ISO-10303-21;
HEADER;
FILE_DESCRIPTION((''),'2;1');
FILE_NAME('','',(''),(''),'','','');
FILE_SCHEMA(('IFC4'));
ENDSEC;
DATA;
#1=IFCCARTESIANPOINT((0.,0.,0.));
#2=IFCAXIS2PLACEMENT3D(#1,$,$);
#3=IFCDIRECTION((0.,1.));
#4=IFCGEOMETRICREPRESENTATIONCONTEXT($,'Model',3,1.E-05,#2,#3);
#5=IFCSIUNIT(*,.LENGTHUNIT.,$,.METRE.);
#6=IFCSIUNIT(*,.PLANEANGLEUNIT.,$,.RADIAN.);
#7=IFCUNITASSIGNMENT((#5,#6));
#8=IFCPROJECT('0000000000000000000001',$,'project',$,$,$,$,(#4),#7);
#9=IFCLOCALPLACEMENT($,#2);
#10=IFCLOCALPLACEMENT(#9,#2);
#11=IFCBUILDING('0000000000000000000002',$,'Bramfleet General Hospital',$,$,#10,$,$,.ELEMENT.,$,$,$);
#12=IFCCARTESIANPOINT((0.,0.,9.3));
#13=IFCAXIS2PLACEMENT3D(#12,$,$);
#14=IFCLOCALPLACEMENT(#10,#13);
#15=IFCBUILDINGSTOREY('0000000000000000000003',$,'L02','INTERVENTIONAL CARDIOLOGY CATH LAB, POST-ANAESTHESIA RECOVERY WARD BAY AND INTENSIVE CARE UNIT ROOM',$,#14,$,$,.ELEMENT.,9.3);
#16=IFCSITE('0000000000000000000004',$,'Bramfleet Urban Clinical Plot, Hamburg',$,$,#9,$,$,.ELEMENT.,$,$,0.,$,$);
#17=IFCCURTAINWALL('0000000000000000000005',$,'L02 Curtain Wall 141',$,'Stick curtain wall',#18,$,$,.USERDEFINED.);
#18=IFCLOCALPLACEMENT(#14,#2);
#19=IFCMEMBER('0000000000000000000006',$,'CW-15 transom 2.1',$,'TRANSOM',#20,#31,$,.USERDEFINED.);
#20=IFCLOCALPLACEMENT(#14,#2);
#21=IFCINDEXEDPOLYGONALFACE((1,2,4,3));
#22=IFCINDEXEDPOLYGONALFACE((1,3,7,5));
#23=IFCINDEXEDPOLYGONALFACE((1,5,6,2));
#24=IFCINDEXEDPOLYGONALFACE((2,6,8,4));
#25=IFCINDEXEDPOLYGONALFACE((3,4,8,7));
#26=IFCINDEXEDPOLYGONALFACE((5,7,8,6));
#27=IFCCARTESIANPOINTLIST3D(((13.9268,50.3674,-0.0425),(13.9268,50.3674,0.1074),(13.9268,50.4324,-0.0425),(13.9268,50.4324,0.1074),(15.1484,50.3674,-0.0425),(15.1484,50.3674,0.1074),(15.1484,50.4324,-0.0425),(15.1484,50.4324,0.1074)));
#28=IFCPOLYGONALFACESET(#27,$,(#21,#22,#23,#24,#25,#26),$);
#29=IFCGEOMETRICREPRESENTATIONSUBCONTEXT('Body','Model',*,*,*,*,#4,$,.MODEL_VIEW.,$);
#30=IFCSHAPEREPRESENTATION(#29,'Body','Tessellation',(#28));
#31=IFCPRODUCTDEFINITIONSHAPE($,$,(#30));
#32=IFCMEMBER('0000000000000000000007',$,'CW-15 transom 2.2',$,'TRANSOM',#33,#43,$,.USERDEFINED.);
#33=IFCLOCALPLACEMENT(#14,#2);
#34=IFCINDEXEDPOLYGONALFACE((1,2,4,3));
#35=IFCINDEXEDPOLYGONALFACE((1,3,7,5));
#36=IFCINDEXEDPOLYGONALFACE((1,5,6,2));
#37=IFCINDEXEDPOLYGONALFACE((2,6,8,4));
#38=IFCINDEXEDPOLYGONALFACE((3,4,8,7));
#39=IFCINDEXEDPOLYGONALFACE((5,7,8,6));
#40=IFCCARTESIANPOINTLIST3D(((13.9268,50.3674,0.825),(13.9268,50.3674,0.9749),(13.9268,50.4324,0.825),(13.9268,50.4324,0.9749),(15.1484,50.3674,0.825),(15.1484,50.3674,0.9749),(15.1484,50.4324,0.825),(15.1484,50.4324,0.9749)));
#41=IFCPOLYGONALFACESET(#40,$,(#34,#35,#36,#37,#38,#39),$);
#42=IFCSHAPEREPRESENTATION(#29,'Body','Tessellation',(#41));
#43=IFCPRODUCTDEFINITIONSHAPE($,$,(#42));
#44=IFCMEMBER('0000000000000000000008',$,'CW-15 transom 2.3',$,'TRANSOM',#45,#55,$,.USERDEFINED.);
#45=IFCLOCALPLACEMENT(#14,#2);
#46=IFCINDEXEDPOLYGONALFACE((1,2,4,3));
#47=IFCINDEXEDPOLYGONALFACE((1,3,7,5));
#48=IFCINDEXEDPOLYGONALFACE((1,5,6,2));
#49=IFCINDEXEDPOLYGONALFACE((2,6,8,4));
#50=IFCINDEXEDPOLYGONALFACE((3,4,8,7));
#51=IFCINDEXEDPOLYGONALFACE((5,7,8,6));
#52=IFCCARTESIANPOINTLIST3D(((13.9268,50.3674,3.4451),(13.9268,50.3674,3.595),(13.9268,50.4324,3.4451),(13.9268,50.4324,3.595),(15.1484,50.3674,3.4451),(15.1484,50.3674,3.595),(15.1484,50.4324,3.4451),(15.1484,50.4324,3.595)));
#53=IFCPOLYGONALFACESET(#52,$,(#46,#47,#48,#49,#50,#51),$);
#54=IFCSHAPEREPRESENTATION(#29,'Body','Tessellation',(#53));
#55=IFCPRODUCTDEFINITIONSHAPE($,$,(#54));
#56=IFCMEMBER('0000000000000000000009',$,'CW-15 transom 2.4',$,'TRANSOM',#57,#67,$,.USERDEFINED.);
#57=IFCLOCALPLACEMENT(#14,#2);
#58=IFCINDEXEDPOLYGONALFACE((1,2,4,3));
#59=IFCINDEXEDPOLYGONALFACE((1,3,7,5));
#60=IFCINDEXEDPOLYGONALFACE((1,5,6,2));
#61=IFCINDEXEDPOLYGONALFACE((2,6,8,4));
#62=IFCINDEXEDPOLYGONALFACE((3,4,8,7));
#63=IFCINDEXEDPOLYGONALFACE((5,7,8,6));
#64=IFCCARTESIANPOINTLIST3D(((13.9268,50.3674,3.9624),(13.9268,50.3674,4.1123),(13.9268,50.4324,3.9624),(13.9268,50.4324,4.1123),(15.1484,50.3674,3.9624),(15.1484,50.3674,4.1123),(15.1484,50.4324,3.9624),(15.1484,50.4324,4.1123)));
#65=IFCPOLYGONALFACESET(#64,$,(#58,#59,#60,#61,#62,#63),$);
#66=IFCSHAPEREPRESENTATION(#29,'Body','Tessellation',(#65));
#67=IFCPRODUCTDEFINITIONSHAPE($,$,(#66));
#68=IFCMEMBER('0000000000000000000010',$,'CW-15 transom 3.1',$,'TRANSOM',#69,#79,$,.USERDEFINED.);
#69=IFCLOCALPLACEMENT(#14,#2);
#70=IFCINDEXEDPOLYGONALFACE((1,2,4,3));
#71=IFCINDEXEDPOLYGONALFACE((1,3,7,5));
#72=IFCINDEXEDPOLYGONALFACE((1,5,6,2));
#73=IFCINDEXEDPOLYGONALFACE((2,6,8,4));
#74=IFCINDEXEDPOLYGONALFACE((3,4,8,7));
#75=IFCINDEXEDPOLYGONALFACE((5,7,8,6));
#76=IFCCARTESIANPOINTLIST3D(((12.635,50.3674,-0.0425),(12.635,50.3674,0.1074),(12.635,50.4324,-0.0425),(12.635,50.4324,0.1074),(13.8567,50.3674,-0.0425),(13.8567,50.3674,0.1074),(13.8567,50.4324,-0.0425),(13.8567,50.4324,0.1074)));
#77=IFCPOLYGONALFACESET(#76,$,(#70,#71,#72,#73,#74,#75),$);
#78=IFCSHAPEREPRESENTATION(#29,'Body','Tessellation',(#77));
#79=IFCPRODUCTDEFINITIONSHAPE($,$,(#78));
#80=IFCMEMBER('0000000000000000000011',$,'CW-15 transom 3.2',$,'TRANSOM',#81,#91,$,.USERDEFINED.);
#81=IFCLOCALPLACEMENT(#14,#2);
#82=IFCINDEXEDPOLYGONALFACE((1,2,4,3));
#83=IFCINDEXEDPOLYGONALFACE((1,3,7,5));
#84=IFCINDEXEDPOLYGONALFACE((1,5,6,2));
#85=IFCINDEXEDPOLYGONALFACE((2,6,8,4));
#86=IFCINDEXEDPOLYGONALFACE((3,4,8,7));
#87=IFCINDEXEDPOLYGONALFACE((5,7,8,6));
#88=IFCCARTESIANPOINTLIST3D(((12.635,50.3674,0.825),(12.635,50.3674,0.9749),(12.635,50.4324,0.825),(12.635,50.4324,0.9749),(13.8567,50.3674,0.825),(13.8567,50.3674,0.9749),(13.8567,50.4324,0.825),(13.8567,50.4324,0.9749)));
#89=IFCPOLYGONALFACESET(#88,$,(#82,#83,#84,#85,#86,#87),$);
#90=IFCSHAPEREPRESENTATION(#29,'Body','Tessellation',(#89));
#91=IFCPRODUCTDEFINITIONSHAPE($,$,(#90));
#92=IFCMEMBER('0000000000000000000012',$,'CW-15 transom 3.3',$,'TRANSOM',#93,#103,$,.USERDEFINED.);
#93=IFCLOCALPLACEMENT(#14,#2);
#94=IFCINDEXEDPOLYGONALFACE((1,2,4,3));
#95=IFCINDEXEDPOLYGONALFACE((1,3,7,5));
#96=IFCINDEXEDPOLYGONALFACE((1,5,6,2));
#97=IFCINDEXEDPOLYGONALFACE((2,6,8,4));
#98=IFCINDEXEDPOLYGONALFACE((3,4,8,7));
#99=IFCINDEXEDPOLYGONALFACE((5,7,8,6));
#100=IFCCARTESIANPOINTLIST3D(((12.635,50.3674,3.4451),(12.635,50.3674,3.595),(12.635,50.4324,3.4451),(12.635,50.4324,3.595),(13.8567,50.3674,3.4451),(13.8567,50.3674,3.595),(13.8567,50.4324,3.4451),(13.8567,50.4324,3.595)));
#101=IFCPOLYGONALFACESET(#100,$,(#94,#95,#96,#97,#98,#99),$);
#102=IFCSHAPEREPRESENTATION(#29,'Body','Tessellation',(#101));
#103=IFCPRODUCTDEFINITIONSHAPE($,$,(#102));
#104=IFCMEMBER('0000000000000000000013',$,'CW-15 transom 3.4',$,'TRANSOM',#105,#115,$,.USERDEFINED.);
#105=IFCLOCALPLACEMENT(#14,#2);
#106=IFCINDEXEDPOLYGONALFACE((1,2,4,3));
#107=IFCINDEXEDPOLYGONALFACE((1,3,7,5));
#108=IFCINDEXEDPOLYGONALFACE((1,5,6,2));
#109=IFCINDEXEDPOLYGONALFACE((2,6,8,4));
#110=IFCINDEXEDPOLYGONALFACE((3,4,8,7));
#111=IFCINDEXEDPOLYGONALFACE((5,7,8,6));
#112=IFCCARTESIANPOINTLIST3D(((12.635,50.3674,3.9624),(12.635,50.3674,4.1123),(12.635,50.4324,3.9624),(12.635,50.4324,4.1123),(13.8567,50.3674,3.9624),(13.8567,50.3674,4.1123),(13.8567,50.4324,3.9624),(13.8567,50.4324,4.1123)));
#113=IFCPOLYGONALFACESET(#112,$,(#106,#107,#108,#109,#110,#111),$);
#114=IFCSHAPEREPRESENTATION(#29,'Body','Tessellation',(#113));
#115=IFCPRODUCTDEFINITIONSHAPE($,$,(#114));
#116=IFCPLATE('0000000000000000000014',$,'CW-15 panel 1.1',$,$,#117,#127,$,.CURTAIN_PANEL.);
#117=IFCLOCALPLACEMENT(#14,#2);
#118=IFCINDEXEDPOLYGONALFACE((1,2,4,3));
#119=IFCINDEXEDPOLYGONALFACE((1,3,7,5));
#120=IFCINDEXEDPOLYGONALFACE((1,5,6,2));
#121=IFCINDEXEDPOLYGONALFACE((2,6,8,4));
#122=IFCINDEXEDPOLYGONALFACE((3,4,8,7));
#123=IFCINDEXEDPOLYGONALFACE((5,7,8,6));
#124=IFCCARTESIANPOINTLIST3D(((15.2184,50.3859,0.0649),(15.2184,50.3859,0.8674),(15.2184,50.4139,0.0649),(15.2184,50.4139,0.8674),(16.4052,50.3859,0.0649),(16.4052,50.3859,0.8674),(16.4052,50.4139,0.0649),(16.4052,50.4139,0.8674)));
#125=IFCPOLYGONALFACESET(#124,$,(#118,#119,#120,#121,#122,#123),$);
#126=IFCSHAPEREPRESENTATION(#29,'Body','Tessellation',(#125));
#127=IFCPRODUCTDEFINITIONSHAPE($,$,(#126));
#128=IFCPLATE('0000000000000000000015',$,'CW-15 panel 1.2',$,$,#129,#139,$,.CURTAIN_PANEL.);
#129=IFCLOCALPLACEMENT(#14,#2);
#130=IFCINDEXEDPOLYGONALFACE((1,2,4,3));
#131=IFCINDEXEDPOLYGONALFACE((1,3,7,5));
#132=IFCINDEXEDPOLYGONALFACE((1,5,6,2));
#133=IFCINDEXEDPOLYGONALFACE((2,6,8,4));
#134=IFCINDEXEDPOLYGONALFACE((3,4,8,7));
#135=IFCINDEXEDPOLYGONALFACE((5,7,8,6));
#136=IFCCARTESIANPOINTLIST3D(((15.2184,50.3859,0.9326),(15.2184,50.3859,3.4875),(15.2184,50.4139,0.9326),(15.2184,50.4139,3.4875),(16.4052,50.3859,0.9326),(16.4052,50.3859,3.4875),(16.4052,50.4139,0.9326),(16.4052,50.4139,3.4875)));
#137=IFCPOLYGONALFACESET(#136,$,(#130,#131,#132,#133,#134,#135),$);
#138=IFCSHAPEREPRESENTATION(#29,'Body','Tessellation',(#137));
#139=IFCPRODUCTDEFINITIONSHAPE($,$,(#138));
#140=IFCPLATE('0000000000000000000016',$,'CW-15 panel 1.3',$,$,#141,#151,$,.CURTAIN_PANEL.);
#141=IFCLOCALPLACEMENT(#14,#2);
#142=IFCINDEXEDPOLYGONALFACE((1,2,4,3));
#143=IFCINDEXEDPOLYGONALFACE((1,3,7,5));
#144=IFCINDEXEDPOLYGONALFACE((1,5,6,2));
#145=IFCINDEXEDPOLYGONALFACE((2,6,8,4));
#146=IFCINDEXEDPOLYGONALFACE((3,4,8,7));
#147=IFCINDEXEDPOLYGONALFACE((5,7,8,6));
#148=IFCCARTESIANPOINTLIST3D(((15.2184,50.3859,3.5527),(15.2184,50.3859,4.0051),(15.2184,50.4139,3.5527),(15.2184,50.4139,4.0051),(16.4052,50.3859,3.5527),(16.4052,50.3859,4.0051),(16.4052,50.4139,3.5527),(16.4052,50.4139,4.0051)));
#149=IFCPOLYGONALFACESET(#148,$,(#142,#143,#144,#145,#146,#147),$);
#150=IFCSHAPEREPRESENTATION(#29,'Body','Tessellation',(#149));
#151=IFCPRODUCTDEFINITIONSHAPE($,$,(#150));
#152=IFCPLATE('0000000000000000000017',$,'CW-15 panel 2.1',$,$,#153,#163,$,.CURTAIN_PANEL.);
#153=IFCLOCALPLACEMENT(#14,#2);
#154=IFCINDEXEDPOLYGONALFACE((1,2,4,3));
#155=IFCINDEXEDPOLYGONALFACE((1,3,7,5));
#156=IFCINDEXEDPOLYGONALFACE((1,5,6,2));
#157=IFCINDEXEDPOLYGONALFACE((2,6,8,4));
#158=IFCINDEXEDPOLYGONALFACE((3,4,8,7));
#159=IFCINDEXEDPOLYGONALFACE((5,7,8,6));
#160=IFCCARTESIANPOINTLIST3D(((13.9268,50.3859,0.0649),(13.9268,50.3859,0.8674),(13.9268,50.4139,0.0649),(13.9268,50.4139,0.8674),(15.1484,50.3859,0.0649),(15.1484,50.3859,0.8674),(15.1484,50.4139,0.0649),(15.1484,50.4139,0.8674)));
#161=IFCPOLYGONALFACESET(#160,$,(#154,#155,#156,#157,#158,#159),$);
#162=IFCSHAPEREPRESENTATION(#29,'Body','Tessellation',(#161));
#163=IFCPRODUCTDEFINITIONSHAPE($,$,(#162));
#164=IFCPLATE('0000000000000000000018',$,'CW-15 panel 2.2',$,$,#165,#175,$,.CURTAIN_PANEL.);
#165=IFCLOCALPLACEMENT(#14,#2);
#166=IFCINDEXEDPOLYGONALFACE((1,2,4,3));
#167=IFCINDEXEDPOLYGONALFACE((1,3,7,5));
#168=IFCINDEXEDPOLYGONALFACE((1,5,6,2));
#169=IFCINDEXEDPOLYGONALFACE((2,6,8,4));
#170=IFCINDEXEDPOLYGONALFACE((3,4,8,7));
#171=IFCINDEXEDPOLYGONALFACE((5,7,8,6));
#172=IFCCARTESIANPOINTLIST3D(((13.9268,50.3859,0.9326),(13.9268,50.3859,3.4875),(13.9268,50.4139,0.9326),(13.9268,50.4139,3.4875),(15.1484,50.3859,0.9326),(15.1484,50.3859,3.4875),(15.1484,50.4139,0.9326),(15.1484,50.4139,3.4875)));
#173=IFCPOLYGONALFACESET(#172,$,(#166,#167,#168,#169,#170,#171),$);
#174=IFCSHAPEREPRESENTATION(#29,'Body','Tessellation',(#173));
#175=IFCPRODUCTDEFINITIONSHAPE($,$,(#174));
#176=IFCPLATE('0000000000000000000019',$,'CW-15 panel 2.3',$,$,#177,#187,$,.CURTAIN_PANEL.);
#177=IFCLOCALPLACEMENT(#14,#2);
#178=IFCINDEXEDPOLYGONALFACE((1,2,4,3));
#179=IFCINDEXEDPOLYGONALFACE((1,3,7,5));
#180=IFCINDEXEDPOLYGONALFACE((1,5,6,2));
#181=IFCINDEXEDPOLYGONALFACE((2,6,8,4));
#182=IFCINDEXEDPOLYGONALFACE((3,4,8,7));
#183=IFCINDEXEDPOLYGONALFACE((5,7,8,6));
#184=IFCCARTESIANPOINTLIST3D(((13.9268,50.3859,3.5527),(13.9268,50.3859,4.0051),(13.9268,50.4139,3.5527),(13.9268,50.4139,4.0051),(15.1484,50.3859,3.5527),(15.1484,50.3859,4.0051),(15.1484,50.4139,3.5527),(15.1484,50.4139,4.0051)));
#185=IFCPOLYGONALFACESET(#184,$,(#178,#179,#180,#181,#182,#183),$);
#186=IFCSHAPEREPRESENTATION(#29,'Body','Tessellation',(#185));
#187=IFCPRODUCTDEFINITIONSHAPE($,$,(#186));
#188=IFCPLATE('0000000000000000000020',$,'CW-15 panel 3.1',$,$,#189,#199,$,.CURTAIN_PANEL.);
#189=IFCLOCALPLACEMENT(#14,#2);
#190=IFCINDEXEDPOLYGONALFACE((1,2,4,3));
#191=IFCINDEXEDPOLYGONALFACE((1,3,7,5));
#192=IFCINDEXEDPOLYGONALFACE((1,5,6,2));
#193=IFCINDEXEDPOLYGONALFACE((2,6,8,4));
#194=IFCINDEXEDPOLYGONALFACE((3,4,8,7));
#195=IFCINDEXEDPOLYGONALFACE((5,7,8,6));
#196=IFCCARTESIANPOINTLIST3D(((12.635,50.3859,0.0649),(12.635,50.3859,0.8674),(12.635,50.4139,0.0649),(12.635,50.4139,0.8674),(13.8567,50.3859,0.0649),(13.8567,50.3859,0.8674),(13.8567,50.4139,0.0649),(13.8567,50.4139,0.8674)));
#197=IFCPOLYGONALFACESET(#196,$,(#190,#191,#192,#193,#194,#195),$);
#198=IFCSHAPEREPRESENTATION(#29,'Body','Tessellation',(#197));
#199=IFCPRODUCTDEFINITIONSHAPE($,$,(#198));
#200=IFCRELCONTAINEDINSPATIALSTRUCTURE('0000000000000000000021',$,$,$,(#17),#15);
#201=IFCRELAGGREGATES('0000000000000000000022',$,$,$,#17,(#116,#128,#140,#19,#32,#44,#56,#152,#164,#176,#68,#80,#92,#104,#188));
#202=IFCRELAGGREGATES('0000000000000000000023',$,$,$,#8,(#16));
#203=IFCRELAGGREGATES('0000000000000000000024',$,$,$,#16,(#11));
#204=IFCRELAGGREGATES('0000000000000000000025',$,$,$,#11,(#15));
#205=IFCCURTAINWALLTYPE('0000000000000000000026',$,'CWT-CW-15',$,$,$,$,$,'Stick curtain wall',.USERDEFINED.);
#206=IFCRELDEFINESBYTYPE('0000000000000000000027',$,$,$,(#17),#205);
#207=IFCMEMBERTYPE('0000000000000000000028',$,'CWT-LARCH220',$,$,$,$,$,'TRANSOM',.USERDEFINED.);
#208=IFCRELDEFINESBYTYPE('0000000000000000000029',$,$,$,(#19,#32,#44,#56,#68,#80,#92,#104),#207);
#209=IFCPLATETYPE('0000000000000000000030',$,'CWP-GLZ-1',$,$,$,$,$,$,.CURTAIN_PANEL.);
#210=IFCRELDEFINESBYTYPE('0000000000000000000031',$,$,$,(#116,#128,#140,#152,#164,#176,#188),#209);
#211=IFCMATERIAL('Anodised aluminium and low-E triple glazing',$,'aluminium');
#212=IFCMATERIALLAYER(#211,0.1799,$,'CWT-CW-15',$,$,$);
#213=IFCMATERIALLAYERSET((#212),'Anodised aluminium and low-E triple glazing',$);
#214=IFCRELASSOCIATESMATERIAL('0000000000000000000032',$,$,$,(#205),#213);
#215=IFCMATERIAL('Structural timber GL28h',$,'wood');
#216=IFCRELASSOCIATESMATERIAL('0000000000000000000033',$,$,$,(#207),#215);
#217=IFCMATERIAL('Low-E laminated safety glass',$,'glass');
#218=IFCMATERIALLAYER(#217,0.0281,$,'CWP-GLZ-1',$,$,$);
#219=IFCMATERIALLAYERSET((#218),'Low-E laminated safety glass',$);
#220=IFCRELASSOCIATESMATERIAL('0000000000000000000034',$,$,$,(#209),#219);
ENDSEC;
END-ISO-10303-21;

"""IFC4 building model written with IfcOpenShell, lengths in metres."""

from ifc_helpers import new_model, si_unit, direction, frame, origin, origin_2d, place, context, subcontext, project, spatial, rectangle, extrude, material, layer, layer_set, material_profile, profile_set, type_object, element, aggregate, save


model = new_model("IFC4")

# Units and contexts
model_context = context("Model", 3, precision=1e-05, world=origin(), true_north=direction((0.0, 1.0)))
body_context = subcontext(model_context, "Body", "Model", "MODEL_VIEW")
ifc_project = project(units=[si_unit("LENGTHUNIT", "METRE"), si_unit("PLANEANGLEUNIT", "RADIAN")], contexts=[model_context])

# Site, building, storey
site_placement = place(None, origin())
site = spatial("IfcSite", under=ifc_project, at=site_placement, Name="Bramfleet Urban Clinical Plot, Hamburg", CompositionType="ELEMENT", RefElevation=0.0)
building_placement = place(site_placement, origin())
building = spatial("IfcBuilding", under=site, at=building_placement, Name="Bramfleet General Hospital", CompositionType="ELEMENT")
storey_placement = place(building_placement, frame((0.0, 0.0, 9.3)))
storey = spatial("IfcBuildingStorey", under=building, at=storey_placement, Name="L02", Description="INTERVENTIONAL CARDIOLOGY CATH LAB, POST-ANAESTHESIA RECOVERY WARD BAY AND INTENSIVE CARE UNIT ROOM", CompositionType="ELEMENT", Elevation=9.3)

# Shared definitions
ifc_material_1 = material(Name="Anodised aluminium and low-E triple glazing", Category="aluminium")
ifc_material_2 = material(Name="Structural timber GL28h", Category="wood")

# Curtain wall
ifc_layer_1 = layer(ifc_material_1, 0.1799, Name="CWT-CW-15")
ifc_layer_set_1 = layer_set([ifc_layer_1], Name="Anodised aluminium and low-E triple glazing")
curtain_wall_type_1 = type_object("IfcCurtainWallType", Name="CWT-CW-15", ElementType="Stick curtain wall", PredefinedType="USERDEFINED", material=ifc_layer_set_1)
curtain_wall_1_placement = place(storey_placement, origin())
curtain_wall_1 = element("IfcCurtainWall", 1, at=curtain_wall_1_placement, inside=storey, type_object=curtain_wall_type_1, Name="L02 Curtain Wall 141", ObjectType="Stick curtain wall", PredefinedType="USERDEFINED")

# Members
ifc_material_profile_1 = material_profile(ifc_material_2, rectangle(XDim=0.0649, YDim=0.1499, at=origin_2d()), Name="LARCH 150x65")
ifc_profile_set_1 = profile_set([ifc_material_profile_1], Name="Structural timber GL28h")
member_type_1 = type_object("IfcMemberType", Name="CWT-LARCH220", ElementType="TRANSOM", PredefinedType="USERDEFINED", material=ifc_profile_set_1)
member_1_placement = place(storey_placement, frame((15.1484, 50.3999, 0.0325), z_axis=(-1.0, 0.0, 0.0), x_axis=(0.0, -1.0, 0.0)))
member_1 = element("IfcMember", 2, at=member_1_placement, type_object=member_type_1, Name="CW-15 transom 2.1", ObjectType="TRANSOM", PredefinedType="USERDEFINED", context=body_context, shape_type="SweptSolid", body=[
    extrude(rectangle(XDim=0.0649, YDim=0.1499, at=origin_2d()), origin(), (0.0, 0.0, 1.0), 1.2217),
])
member_2_placement = place(storey_placement, frame((15.1484, 50.3999, 0.8999), z_axis=(-1.0, 0.0, 0.0), x_axis=(0.0, -1.0, 0.0)))
member_2 = element("IfcMember", 3, at=member_2_placement, type_object=member_type_1, Name="CW-15 transom 2.2", ObjectType="TRANSOM", PredefinedType="USERDEFINED", context=body_context, shape_type="SweptSolid", body=[
    extrude(rectangle(XDim=0.0649, YDim=0.1499, at=origin_2d()), origin(), (0.0, 0.0, 1.0), 1.2217),
])
member_3_placement = place(storey_placement, frame((15.1484, 50.3999, 3.52), z_axis=(-1.0, 0.0, 0.0), x_axis=(0.0, -1.0, 0.0)))
member_3 = element("IfcMember", 4, at=member_3_placement, type_object=member_type_1, Name="CW-15 transom 2.3", ObjectType="TRANSOM", PredefinedType="USERDEFINED", context=body_context, shape_type="SweptSolid", body=[
    extrude(rectangle(XDim=0.0649, YDim=0.1499, at=origin_2d()), origin(), (0.0, 0.0, 1.0), 1.2217),
])
member_4_placement = place(storey_placement, frame((15.1484, 50.3999, 4.0374), z_axis=(-1.0, 0.0, 0.0), x_axis=(0.0, -1.0, 0.0)))
member_4 = element("IfcMember", 5, at=member_4_placement, type_object=member_type_1, Name="CW-15 transom 2.4", ObjectType="TRANSOM", PredefinedType="USERDEFINED", context=body_context, shape_type="SweptSolid", body=[
    extrude(rectangle(XDim=0.0649, YDim=0.1499, at=origin_2d()), origin(), (0.0, 0.0, 1.0), 1.2217),
])
member_5_placement = place(storey_placement, frame((13.8567, 50.3999, 0.0325), z_axis=(-1.0, 0.0, 0.0), x_axis=(0.0, -1.0, 0.0)))
member_5 = element("IfcMember", 6, at=member_5_placement, type_object=member_type_1, Name="CW-15 transom 3.1", ObjectType="TRANSOM", PredefinedType="USERDEFINED", context=body_context, shape_type="SweptSolid", body=[
    extrude(rectangle(XDim=0.0649, YDim=0.1499, at=origin_2d()), origin(), (0.0, 0.0, 1.0), 1.2217),
])
member_6_placement = place(storey_placement, frame((13.8567, 50.3999, 0.8999), z_axis=(-1.0, 0.0, 0.0), x_axis=(0.0, -1.0, 0.0)))
member_6 = element("IfcMember", 7, at=member_6_placement, type_object=member_type_1, Name="CW-15 transom 3.2", ObjectType="TRANSOM", PredefinedType="USERDEFINED", context=body_context, shape_type="SweptSolid", body=[
    extrude(rectangle(XDim=0.0649, YDim=0.1499, at=origin_2d()), origin(), (0.0, 0.0, 1.0), 1.2217),
])
member_7_placement = place(storey_placement, frame((13.8567, 50.3999, 3.52), z_axis=(-1.0, 0.0, 0.0), x_axis=(0.0, -1.0, 0.0)))
member_7 = element("IfcMember", 8, at=member_7_placement, type_object=member_type_1, Name="CW-15 transom 3.3", ObjectType="TRANSOM", PredefinedType="USERDEFINED", context=body_context, shape_type="SweptSolid", body=[
    extrude(rectangle(XDim=0.0649, YDim=0.1499, at=origin_2d()), origin(), (0.0, 0.0, 1.0), 1.2217),
])
member_8_placement = place(storey_placement, frame((13.8567, 50.3999, 4.0374), z_axis=(-1.0, 0.0, 0.0), x_axis=(0.0, -1.0, 0.0)))
member_8 = element("IfcMember", 9, at=member_8_placement, type_object=member_type_1, Name="CW-15 transom 3.4", ObjectType="TRANSOM", PredefinedType="USERDEFINED", context=body_context, shape_type="SweptSolid", body=[
    extrude(rectangle(XDim=0.0649, YDim=0.1499, at=origin_2d()), origin(), (0.0, 0.0, 1.0), 1.2217),
])

# Plates
ifc_material_3 = material(Name="Low-E laminated safety glass", Category="glass")
ifc_layer_2 = layer(ifc_material_3, 0.0281, Name="CWP-GLZ-1")
ifc_layer_set_2 = layer_set([ifc_layer_2], Name="Low-E laminated safety glass")
plate_type_1 = type_object("IfcPlateType", Name="CWP-GLZ-1", PredefinedType="CURTAIN_PANEL", material=ifc_layer_set_2)
plate_1_placement = place(storey_placement, frame((15.8118, 50.3999, 0.0649), z_axis=(0.0, 0.0, 1.0), x_axis=(-1.0, 0.0, 0.0)))
plate_1 = element("IfcPlate", 10, at=plate_1_placement, type_object=plate_type_1, Name="CW-15 panel 1.1", PredefinedType="CURTAIN_PANEL", context=body_context, shape_type="SweptSolid", body=[
    extrude(rectangle(XDim=1.1868, YDim=0.0281, at=origin_2d()), origin(), (0.0, 0.0, 1.0), 0.8025),
])
plate_2_placement = place(storey_placement, frame((15.8118, 50.3999, 0.9326), z_axis=(0.0, 0.0, 1.0), x_axis=(-1.0, 0.0, 0.0)))
plate_2 = element("IfcPlate", 11, at=plate_2_placement, type_object=plate_type_1, Name="CW-15 panel 1.2", PredefinedType="CURTAIN_PANEL", context=body_context, shape_type="SweptSolid", body=[
    extrude(rectangle(XDim=1.1868, YDim=0.0281, at=origin_2d()), origin(), (0.0, 0.0, 1.0), 2.5549),
])
plate_3_placement = place(storey_placement, frame((15.8118, 50.3999, 3.5527), z_axis=(0.0, 0.0, 1.0), x_axis=(-1.0, 0.0, 0.0)))
plate_3 = element("IfcPlate", 12, at=plate_3_placement, type_object=plate_type_1, Name="CW-15 panel 1.3", PredefinedType="CURTAIN_PANEL", context=body_context, shape_type="SweptSolid", body=[
    extrude(rectangle(XDim=1.1868, YDim=0.0281, at=origin_2d()), origin(), (0.0, 0.0, 1.0), 0.4524),
])
plate_4_placement = place(storey_placement, frame((14.5376, 50.3999, 0.0649), z_axis=(0.0, 0.0, 1.0), x_axis=(-1.0, 0.0, 0.0)))
plate_4 = element("IfcPlate", 13, at=plate_4_placement, type_object=plate_type_1, Name="CW-15 panel 2.1", PredefinedType="CURTAIN_PANEL", context=body_context, shape_type="SweptSolid", body=[
    extrude(rectangle(XDim=1.2217, YDim=0.0281, at=origin_2d()), origin(), (0.0, 0.0, 1.0), 0.8025),
])
plate_5_placement = place(storey_placement, frame((14.5376, 50.3999, 0.9326), z_axis=(0.0, 0.0, 1.0), x_axis=(-1.0, 0.0, 0.0)))
plate_5 = element("IfcPlate", 14, at=plate_5_placement, type_object=plate_type_1, Name="CW-15 panel 2.2", PredefinedType="CURTAIN_PANEL", context=body_context, shape_type="SweptSolid", body=[
    extrude(rectangle(XDim=1.2217, YDim=0.0281, at=origin_2d()), origin(), (0.0, 0.0, 1.0), 2.5549),
])
plate_6_placement = place(storey_placement, frame((14.5376, 50.3999, 3.5527), z_axis=(0.0, 0.0, 1.0), x_axis=(-1.0, 0.0, 0.0)))
plate_6 = element("IfcPlate", 15, at=plate_6_placement, type_object=plate_type_1, Name="CW-15 panel 2.3", PredefinedType="CURTAIN_PANEL", context=body_context, shape_type="SweptSolid", body=[
    extrude(rectangle(XDim=1.2217, YDim=0.0281, at=origin_2d()), origin(), (0.0, 0.0, 1.0), 0.4524),
])
plate_7_placement = place(storey_placement, frame((13.2458, 50.3999, 0.0649), z_axis=(0.0, 0.0, 1.0), x_axis=(-1.0, 0.0, 0.0)))
plate_7 = element("IfcPlate", 16, at=plate_7_placement, type_object=plate_type_1, Name="CW-15 panel 3.1", PredefinedType="CURTAIN_PANEL", context=body_context, shape_type="SweptSolid", body=[
    extrude(rectangle(XDim=1.2217, YDim=0.0281, at=origin_2d()), origin(), (0.0, 0.0, 1.0), 0.8025),
])
aggregate(curtain_wall_1, [plate_1, plate_2, plate_3, member_1, member_2, member_3, member_4, plate_4, plate_5, plate_6, member_5, member_6, member_7, member_8, plate_7])

save(model, "model.ifc")
